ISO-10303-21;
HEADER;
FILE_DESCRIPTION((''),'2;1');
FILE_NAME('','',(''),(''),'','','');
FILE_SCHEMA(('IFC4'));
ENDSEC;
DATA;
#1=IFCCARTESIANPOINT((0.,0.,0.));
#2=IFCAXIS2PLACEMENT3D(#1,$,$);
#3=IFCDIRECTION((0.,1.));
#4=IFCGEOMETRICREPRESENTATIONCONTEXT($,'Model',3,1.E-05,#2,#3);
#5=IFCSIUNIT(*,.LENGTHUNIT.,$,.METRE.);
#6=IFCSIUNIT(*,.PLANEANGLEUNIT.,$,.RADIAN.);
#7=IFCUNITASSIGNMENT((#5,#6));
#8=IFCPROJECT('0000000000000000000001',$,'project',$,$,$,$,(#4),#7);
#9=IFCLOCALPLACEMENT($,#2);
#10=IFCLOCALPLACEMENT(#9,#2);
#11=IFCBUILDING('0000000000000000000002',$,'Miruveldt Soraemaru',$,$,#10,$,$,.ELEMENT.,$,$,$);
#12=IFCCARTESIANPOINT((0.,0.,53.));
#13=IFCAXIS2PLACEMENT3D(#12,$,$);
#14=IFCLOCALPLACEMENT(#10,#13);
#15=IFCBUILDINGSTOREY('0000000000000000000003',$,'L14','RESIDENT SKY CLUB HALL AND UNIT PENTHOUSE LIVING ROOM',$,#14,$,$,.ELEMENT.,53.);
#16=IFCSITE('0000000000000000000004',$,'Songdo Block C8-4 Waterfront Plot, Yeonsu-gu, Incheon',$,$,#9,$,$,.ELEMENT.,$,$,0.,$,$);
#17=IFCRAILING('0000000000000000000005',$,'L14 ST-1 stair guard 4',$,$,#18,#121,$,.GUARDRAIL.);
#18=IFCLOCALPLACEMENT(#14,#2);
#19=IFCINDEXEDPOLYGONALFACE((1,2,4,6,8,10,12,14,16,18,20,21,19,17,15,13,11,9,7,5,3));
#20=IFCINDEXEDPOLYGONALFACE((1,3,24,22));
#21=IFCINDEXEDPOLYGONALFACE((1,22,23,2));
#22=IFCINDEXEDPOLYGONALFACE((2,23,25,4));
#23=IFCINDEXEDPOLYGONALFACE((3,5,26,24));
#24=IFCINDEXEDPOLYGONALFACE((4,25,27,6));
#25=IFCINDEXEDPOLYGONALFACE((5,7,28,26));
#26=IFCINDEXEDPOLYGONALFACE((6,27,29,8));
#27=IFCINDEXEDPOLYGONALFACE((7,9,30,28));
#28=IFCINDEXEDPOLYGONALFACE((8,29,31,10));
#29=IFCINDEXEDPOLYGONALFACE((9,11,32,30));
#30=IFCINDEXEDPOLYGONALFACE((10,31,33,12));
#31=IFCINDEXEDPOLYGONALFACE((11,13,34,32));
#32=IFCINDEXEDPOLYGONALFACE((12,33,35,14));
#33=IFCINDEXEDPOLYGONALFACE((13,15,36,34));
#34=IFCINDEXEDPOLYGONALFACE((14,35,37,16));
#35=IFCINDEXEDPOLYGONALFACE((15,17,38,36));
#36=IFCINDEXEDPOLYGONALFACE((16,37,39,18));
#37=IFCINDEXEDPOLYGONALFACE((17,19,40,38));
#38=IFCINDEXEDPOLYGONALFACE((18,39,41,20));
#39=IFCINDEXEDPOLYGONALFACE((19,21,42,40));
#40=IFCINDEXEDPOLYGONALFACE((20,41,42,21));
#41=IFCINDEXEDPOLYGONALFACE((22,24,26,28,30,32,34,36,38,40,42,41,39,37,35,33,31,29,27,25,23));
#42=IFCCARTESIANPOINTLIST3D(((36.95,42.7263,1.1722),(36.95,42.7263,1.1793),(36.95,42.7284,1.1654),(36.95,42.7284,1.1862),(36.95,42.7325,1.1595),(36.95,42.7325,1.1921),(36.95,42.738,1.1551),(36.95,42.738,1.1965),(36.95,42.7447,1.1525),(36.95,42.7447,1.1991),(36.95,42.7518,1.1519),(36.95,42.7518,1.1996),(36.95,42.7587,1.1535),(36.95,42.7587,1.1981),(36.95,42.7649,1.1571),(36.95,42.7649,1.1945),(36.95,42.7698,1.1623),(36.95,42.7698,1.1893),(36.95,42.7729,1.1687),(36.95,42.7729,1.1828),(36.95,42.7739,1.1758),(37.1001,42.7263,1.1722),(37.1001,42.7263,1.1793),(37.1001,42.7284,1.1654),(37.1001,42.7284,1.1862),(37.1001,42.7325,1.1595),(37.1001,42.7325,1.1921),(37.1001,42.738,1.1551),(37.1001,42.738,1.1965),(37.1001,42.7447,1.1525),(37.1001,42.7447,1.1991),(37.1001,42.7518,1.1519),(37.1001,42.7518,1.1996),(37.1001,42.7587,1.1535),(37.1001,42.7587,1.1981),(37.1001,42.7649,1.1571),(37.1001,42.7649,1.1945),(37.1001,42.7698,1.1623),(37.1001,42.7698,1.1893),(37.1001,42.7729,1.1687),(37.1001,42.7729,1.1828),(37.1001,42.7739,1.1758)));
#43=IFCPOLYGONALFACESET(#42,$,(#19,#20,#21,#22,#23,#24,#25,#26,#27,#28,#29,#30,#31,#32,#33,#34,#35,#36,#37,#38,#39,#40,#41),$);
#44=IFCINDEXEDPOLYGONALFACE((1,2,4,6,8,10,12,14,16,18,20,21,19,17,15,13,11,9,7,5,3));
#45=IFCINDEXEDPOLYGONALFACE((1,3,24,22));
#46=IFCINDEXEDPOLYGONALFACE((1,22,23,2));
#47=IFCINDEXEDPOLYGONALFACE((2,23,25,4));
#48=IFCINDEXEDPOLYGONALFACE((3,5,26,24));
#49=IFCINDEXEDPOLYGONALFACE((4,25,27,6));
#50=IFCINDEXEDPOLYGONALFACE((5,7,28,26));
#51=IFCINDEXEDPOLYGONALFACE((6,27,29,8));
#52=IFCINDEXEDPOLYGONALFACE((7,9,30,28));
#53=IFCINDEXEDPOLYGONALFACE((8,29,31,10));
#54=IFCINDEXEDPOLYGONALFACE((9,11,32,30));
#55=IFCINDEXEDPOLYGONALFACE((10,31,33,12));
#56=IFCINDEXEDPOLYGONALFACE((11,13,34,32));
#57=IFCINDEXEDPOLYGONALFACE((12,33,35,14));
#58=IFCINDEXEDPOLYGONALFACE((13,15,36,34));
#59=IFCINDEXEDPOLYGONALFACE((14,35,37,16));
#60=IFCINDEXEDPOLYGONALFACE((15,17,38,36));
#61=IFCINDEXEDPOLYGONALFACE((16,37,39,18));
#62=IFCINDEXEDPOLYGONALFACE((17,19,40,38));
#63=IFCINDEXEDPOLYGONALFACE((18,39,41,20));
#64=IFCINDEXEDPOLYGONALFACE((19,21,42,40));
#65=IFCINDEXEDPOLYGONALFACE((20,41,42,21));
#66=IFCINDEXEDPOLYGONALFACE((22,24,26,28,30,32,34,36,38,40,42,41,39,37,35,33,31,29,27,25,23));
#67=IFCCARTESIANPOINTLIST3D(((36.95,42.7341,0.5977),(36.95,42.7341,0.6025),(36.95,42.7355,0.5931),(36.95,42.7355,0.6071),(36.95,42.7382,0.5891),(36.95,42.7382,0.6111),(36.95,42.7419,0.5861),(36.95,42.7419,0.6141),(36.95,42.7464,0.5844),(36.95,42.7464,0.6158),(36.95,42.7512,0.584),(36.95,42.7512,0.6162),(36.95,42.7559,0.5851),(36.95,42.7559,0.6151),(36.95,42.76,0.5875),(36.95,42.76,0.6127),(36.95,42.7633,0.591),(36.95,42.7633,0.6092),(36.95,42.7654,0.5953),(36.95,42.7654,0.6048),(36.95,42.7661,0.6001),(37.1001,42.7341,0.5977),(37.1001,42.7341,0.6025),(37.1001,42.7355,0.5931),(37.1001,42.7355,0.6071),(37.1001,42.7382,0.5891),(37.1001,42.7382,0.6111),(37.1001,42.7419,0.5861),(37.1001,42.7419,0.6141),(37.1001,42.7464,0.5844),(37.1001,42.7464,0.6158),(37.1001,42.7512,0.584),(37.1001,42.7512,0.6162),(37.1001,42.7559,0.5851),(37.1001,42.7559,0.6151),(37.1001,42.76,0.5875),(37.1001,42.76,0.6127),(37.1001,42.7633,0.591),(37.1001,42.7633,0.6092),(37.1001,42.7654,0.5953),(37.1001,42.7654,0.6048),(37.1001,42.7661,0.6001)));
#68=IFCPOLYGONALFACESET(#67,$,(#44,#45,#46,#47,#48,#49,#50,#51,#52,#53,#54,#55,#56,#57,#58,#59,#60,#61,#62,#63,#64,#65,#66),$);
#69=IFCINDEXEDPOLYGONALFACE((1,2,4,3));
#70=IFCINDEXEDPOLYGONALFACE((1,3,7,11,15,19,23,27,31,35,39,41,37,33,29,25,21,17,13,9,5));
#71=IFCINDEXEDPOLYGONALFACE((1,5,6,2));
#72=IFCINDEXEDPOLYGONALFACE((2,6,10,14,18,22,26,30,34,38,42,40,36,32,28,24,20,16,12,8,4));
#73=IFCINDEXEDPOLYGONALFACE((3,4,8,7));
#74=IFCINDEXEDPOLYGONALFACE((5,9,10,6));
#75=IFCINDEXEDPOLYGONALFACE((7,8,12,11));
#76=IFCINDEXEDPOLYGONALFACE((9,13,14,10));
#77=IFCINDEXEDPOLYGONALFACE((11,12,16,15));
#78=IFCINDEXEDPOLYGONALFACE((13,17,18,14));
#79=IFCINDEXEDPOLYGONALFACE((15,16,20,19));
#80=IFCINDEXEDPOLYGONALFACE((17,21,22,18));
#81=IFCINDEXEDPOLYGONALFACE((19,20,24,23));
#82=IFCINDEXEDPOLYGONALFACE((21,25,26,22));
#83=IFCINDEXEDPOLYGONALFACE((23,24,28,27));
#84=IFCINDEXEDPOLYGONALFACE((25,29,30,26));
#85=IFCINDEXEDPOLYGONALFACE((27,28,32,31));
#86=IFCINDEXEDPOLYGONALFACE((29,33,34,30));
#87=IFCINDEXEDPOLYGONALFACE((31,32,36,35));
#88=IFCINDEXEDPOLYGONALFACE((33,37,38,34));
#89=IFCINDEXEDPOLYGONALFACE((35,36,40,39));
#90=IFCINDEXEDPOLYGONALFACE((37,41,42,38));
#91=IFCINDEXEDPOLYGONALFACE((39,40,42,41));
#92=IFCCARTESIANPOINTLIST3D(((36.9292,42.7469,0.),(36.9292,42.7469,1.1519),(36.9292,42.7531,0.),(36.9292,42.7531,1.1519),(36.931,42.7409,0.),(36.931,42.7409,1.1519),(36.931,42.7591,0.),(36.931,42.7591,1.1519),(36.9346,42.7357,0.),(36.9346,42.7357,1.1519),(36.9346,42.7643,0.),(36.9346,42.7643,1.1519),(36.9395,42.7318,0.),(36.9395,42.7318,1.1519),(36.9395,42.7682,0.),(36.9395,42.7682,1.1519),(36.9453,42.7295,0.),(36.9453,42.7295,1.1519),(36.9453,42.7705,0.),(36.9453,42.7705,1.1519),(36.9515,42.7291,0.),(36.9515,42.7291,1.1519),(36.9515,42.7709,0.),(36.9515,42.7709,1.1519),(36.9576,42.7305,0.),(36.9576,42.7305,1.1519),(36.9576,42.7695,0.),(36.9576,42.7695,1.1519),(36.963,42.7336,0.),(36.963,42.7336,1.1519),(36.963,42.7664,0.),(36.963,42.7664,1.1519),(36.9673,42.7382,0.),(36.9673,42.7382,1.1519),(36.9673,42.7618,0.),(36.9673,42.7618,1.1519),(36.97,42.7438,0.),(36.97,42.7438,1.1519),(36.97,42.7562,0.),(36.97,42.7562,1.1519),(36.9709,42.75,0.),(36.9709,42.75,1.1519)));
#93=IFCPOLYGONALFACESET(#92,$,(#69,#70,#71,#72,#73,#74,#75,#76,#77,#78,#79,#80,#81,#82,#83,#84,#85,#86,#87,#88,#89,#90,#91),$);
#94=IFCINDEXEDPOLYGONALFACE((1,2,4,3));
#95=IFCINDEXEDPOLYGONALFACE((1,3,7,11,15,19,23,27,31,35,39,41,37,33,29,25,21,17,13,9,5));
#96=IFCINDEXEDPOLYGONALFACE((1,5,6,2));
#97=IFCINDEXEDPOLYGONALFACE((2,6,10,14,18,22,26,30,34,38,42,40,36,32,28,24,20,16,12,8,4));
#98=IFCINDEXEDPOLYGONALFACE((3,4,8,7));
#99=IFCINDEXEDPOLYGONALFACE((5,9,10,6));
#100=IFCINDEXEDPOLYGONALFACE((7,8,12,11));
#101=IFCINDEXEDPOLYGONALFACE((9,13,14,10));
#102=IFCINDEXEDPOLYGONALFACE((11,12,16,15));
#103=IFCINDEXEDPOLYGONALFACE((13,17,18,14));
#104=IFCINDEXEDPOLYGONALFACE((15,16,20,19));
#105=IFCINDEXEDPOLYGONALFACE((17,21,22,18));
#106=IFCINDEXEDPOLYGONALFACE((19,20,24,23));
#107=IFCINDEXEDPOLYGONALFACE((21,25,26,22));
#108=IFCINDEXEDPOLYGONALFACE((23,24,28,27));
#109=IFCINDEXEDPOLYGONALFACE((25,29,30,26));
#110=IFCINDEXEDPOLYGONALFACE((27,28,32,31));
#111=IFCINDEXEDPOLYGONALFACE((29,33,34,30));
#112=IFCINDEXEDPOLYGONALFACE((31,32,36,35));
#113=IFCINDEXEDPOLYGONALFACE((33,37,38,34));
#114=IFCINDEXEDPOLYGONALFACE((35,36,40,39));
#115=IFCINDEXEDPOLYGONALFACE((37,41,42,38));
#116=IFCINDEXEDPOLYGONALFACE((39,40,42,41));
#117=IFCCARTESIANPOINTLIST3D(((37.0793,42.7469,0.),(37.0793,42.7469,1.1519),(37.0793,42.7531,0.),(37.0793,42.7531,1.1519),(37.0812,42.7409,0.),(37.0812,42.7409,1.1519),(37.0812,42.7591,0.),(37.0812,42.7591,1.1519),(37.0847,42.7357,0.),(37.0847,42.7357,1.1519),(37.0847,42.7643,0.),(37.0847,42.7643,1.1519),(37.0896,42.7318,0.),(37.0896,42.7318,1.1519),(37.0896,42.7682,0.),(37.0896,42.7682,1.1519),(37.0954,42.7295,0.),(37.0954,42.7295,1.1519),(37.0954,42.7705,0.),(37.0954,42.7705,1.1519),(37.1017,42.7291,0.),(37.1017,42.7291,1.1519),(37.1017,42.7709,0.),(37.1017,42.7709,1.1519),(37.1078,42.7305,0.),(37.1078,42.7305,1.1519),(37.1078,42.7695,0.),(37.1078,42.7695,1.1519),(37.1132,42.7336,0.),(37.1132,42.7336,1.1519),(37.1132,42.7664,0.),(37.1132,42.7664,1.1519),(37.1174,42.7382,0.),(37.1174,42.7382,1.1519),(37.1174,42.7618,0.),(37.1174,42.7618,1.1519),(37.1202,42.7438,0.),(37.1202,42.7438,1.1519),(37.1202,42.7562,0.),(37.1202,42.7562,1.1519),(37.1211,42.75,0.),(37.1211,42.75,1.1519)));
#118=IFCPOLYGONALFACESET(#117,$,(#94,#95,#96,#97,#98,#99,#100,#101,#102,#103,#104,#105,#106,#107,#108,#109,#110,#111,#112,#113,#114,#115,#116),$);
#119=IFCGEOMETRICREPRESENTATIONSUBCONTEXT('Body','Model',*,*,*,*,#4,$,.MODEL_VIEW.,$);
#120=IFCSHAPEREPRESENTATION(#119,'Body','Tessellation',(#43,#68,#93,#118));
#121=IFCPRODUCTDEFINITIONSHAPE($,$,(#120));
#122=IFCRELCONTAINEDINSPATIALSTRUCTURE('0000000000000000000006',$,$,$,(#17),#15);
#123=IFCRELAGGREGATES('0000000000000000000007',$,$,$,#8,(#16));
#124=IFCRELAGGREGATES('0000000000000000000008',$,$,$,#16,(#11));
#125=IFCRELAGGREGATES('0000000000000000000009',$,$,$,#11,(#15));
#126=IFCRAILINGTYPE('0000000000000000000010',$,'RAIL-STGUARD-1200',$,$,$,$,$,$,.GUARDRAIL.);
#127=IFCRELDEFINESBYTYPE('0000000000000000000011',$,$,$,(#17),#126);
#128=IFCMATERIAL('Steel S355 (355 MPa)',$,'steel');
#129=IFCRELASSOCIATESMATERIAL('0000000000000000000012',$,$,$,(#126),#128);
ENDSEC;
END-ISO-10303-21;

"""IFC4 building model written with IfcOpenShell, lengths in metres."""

from ifc_helpers import new_model, si_unit, direction, frame, origin, origin_2d, place, context, subcontext, project, spatial, circle, extrude, material, type_object, element, save


model = new_model("IFC4")

# Units and contexts
model_context = context("Model", 3, precision=1e-05, world=origin(), true_north=direction((0.0, 1.0)))
body_context = subcontext(model_context, "Body", "Model", "MODEL_VIEW")
ifc_project = project(units=[si_unit("LENGTHUNIT", "METRE"), si_unit("PLANEANGLEUNIT", "RADIAN")], contexts=[model_context])

# Site, building, storey
site_placement = place(None, origin())
site = spatial("IfcSite", under=ifc_project, at=site_placement, Name="Songdo Block C8-4 Waterfront Plot, Yeonsu-gu, Incheon", CompositionType="ELEMENT", RefElevation=0.0)
building_placement = place(site_placement, origin())
building = spatial("IfcBuilding", under=site, at=building_placement, Name="Miruveldt Soraemaru", CompositionType="ELEMENT")
storey_placement = place(building_placement, frame((0.0, 0.0, 53.0)))
storey = spatial("IfcBuildingStorey", under=building, at=storey_placement, Name="L14", Description="RESIDENT SKY CLUB HALL AND UNIT PENTHOUSE LIVING ROOM", CompositionType="ELEMENT", Elevation=53.0)

# Railing
ifc_material_1 = material(Name="Steel S355 (355 MPa)", Category="steel")
railing_type_1 = type_object("IfcRailingType", Name="RAIL-STGUARD-1200", PredefinedType="GUARDRAIL", material=ifc_material_1)
railing_1_placement = place(storey_placement, frame((36.95, 42.75, 0.0)))
element("IfcRailing", 1, at=railing_1_placement, inside=storey, type_object=railing_type_1, Name="L14 ST-1 stair guard 4", PredefinedType="GUARDRAIL", context=body_context, shape_type="SweptSolid", body=[
    extrude(circle(Radius=0.0239, at=origin_2d()), frame((0.0, 0.0, 1.1758), z_axis=(1.0, 0.0, 0.0), x_axis=(0.0, 1.0, 0.0)), (0.0, 0.0, 1.0), 0.1501),
    extrude(circle(Radius=0.0161, at=origin_2d()), frame((0.0, 0.0, 0.6001), z_axis=(1.0, 0.0, 0.0), x_axis=(0.0, 1.0, 0.0)), (0.0, 0.0, 1.0), 0.1501),
    extrude(circle(Radius=0.021, at=origin_2d()), origin(), (0.0, 0.0, 1.0), 1.1519),
    extrude(circle(Radius=0.021, at=origin_2d()), frame((0.1501, 0.0, 0.0)), (0.0, 0.0, 1.0), 1.1519),
])

save(model, "model.ifc")
